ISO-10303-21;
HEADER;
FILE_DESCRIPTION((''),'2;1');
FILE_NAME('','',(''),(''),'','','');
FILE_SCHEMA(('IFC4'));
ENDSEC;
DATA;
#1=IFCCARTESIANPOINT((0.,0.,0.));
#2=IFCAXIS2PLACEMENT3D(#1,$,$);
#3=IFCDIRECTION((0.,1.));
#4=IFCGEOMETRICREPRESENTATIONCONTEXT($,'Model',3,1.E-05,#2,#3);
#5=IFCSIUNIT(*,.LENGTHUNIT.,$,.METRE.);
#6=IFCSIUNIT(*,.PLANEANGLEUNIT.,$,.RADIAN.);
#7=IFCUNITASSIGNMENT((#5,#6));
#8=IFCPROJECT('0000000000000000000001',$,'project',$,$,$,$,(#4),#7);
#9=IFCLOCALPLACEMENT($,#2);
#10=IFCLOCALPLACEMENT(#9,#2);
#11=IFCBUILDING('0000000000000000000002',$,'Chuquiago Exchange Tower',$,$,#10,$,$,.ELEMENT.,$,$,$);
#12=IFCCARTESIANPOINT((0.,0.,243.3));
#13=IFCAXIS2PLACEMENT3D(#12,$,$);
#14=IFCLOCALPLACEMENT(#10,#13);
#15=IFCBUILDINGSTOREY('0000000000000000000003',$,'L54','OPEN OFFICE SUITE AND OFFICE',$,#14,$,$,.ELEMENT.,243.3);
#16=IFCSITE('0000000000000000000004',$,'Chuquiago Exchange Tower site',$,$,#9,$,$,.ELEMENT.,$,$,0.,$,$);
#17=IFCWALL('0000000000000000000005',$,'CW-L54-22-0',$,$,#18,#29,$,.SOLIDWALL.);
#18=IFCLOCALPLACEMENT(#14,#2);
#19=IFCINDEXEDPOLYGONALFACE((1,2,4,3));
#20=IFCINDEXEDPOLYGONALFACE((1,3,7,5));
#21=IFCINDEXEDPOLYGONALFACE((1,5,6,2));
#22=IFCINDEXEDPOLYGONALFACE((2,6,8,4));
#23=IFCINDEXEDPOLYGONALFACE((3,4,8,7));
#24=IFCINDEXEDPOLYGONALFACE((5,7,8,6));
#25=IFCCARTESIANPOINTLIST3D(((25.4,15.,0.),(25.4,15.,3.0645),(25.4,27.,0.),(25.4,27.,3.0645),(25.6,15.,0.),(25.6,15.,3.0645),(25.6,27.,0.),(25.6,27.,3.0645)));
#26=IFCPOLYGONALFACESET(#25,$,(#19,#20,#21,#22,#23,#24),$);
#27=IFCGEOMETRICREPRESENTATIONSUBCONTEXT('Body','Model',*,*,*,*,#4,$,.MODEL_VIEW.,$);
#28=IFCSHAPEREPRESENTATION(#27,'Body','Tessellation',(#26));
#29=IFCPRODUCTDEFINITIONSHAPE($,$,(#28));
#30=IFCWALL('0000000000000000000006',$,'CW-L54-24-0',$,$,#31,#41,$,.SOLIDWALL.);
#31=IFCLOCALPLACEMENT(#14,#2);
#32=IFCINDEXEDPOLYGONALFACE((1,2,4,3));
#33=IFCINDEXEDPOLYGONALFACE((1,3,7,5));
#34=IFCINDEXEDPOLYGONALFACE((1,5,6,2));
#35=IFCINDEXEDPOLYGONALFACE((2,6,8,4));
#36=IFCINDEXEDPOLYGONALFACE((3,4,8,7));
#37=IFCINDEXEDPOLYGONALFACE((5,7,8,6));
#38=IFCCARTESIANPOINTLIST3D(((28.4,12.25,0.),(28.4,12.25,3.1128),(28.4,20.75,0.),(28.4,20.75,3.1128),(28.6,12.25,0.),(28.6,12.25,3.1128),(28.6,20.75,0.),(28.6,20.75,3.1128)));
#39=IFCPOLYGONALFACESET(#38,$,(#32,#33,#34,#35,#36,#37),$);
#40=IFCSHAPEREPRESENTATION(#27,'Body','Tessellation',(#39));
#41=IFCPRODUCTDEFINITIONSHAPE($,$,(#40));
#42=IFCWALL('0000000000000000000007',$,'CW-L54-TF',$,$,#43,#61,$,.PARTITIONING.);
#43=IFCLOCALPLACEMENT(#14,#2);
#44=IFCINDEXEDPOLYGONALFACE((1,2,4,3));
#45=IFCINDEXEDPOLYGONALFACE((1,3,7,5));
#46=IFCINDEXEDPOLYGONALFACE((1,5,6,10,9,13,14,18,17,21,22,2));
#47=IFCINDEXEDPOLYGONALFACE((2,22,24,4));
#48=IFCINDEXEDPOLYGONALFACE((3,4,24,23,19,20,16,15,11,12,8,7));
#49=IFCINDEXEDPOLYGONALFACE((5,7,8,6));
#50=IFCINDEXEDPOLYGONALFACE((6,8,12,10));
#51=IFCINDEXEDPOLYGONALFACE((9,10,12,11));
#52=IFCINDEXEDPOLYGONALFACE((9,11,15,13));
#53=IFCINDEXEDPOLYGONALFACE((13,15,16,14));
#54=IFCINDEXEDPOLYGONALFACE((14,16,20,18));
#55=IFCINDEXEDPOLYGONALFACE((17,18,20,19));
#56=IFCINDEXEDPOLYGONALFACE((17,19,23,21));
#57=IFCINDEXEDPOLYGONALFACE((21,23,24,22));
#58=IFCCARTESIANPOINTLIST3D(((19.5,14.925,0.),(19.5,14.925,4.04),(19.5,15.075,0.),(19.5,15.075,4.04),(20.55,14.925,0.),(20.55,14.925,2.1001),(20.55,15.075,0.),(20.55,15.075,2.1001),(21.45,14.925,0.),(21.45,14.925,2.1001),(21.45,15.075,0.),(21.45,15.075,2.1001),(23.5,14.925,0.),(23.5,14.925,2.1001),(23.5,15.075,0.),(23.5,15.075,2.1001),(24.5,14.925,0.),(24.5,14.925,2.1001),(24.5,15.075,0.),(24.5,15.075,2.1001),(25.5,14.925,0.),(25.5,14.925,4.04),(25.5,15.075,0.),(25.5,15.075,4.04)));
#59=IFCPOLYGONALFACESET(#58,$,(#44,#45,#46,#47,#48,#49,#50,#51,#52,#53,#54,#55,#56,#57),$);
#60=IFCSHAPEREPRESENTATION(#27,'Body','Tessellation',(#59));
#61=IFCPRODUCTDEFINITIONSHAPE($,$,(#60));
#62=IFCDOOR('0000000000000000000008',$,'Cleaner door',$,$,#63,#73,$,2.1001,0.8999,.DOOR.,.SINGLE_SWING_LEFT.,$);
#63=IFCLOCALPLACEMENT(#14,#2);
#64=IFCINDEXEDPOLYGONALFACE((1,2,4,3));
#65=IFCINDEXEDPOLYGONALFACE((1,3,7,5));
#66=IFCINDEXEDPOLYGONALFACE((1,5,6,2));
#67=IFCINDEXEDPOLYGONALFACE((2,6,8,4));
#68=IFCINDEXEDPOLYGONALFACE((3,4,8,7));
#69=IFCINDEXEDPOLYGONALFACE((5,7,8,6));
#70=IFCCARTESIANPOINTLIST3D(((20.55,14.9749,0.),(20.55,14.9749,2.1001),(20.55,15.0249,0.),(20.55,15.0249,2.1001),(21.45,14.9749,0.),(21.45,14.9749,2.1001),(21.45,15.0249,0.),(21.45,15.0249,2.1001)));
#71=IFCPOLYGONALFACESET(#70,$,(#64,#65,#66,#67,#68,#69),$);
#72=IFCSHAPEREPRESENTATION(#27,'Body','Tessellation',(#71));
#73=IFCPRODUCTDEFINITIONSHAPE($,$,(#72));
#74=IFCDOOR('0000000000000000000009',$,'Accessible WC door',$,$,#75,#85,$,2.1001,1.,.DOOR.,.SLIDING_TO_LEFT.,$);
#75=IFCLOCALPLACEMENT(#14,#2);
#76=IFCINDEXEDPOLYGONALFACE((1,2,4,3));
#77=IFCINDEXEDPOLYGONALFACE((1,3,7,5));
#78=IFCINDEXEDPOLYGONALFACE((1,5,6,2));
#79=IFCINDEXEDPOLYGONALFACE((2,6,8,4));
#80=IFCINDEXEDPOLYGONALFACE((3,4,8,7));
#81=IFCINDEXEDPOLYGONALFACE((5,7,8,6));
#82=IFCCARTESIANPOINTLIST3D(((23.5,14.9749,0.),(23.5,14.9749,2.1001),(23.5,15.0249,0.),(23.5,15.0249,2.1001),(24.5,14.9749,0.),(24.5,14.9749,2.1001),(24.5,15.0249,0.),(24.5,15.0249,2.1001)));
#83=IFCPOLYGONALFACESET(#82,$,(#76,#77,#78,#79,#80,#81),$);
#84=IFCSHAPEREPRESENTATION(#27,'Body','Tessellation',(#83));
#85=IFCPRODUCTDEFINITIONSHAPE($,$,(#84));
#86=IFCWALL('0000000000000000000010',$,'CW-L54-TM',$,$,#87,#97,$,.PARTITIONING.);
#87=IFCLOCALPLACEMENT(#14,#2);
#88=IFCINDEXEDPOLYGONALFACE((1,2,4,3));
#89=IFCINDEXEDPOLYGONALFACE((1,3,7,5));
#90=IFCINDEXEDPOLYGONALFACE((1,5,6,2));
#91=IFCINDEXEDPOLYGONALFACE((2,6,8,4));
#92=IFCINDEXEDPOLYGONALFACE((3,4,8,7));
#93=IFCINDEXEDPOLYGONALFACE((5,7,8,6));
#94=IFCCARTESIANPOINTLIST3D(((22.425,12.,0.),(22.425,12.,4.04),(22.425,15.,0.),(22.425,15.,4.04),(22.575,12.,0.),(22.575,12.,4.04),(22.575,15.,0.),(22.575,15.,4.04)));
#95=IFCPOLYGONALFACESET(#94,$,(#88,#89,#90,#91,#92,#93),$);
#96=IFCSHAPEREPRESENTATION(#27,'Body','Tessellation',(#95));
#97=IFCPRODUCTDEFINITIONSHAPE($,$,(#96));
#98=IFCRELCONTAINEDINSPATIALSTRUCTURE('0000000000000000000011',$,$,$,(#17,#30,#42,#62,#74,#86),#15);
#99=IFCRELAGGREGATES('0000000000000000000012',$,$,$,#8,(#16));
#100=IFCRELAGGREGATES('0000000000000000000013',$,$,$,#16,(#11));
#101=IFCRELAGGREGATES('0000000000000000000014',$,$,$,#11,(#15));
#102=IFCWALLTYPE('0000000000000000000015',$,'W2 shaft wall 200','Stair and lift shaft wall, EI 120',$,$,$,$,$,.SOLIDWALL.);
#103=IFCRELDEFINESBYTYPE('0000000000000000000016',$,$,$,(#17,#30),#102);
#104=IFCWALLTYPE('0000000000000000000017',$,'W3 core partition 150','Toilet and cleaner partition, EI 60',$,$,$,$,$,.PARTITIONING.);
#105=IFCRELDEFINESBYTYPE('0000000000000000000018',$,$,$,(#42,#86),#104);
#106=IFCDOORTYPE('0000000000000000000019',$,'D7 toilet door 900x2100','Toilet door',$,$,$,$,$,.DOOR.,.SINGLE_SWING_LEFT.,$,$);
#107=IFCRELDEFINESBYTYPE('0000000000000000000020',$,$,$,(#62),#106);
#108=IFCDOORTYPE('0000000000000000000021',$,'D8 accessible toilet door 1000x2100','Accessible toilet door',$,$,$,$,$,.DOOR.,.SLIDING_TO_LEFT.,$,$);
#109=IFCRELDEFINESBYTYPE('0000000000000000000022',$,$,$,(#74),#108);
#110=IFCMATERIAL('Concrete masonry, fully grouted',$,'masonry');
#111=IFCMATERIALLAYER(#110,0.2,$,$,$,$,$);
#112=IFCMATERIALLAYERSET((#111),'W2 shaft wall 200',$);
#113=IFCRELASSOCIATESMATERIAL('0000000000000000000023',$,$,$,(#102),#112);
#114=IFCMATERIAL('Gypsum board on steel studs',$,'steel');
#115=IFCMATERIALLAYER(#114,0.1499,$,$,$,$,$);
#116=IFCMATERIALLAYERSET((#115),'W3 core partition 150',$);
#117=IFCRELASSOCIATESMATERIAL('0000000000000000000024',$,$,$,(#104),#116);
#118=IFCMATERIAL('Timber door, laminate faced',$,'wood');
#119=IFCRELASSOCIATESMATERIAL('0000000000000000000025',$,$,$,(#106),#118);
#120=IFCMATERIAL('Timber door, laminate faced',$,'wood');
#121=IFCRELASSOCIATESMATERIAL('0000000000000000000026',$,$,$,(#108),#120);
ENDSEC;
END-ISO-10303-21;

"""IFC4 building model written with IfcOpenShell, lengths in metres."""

from ifc_helpers import new_model, si_unit, direction, frame, frame_2d, origin, place, context, subcontext, project, spatial, rectangle, extrude, material, layer, layer_set, type_object, element, fill, save


model = new_model("IFC4")

# Units and contexts
model_context = context("Model", 3, precision=1e-05, world=origin(), true_north=direction((0.0, 1.0)))
body_context = subcontext(model_context, "Body", "Model", "MODEL_VIEW")
ifc_project = project(units=[si_unit("LENGTHUNIT", "METRE"), si_unit("PLANEANGLEUNIT", "RADIAN")], contexts=[model_context])

# Site, building, storey
site_placement = place(None, origin())
site = spatial("IfcSite", under=ifc_project, at=site_placement, Name="Chuquiago Exchange Tower site", CompositionType="ELEMENT", RefElevation=0.0)
building_placement = place(site_placement, origin())
building = spatial("IfcBuilding", under=site, at=building_placement, Name="Chuquiago Exchange Tower", CompositionType="ELEMENT")
storey_placement = place(building_placement, frame((0.0, 0.0, 243.3)))
storey = spatial("IfcBuildingStorey", under=building, at=storey_placement, Name="L54", Description="OPEN OFFICE SUITE AND OFFICE", CompositionType="ELEMENT", Elevation=243.3)

# Shared definitions
ifc_material_1 = material(Name="Concrete masonry, fully grouted", Category="masonry")
ifc_layer_1 = layer(ifc_material_1, 0.2)
ifc_layer_set_1 = layer_set([ifc_layer_1], Name="W2 shaft wall 200")
wall_type_1 = type_object("IfcWallType", Name="W2 shaft wall 200", Description="Stair and lift shaft wall, EI 120", PredefinedType="SOLIDWALL", material=ifc_layer_set_1)

# Walls
wall_1_placement = place(storey_placement, frame((25.5, 15.0, 0.0), z_axis=(0.0, 0.0, 1.0), x_axis=(0.0, 1.0, 0.0)))
element("IfcWall", 1, at=wall_1_placement, inside=storey, type_object=wall_type_1, Name="CW-L54-22-0", PredefinedType="SOLIDWALL", context=body_context, shape_type="SweptSolid", body=[
    extrude(rectangle(XDim=12.0, YDim=0.2, at=frame_2d((6.0, 0.0))), origin(), (0.0, 0.0, 1.0), 3.0645),
])
wall_2_placement = place(storey_placement, frame((28.5, 12.25, 0.0), z_axis=(0.0, 0.0, 1.0), x_axis=(0.0, 1.0, 0.0)))
element("IfcWall", 2, at=wall_2_placement, inside=storey, type_object=wall_type_1, Name="CW-L54-24-0", PredefinedType="SOLIDWALL", context=body_context, shape_type="SweptSolid", body=[
    extrude(rectangle(XDim=8.5, YDim=0.2, at=frame_2d((4.25, 0.0))), origin(), (0.0, 0.0, 1.0), 3.1128),
])

# Wall, openings, doors
ifc_material_2 = material(Name="Gypsum board on steel studs", Category="steel")
ifc_layer_2 = layer(ifc_material_2, 0.1499)
ifc_layer_set_2 = layer_set([ifc_layer_2], Name="W3 core partition 150")
wall_type_2 = type_object("IfcWallType", Name="W3 core partition 150", Description="Toilet and cleaner partition, EI 60", PredefinedType="PARTITIONING", material=ifc_layer_set_2)
wall_3_placement = place(storey_placement, frame((19.5, 15.0, 0.0), z_axis=(0.0, 0.0, 1.0), x_axis=(1.0, 0.0, 0.0)))
wall_3 = element("IfcWall", 3, at=wall_3_placement, inside=storey, type_object=wall_type_2, Name="CW-L54-TF", PredefinedType="PARTITIONING", context=body_context, shape_type="SweptSolid", body=[
    extrude(rectangle(XDim=6.0, YDim=0.1499, at=frame_2d((3.0, 0.0))), origin(), (0.0, 0.0, 1.0), 4.04),
])
opening_1_placement = place(wall_3_placement, frame((4.0, 0.0, 0.0)))
opening_1 = element("IfcOpeningElement", 4, at=opening_1_placement, cuts=wall_3, PredefinedType="OPENING", context=body_context, shape_type="SweptSolid", body=[
    extrude(rectangle(XDim=1.0, YDim=2.1001, at=frame_2d((0.5, 1.05))), frame((0.0, 0.085, 0.0), z_axis=(0.0, -1.0, 0.0), x_axis=(1.0, 0.0, 0.0)), (0.0, 0.0, 1.0), 0.1699),
])
opening_2_placement = place(wall_3_placement, frame((1.05, 0.0, 0.0)))
opening_2 = element("IfcOpeningElement", 5, at=opening_2_placement, cuts=wall_3, PredefinedType="OPENING", context=body_context, shape_type="SweptSolid", body=[
    extrude(rectangle(XDim=0.8999, YDim=2.1001, at=frame_2d((0.45, 1.05))), frame((0.0, 0.085, 0.0), z_axis=(0.0, -1.0, 0.0), x_axis=(1.0, 0.0, 0.0)), (0.0, 0.0, 1.0), 0.1699),
])
ifc_material_3 = material(Name="Timber door, laminate faced", Category="wood")
door_type_1 = type_object("IfcDoorType", Name="D7 toilet door 900x2100", Description="Toilet door", OperationType="SINGLE_SWING_LEFT", PredefinedType="DOOR", material=ifc_material_3)
door_1_placement = place(opening_2_placement, origin())
door_1 = element("IfcDoor", 6, at=door_1_placement, inside=storey, type_object=door_type_1, Name="Cleaner door", OperationType="SINGLE_SWING_LEFT", OverallHeight=2.1001, OverallWidth=0.8999, PredefinedType="DOOR", context=body_context, shape_type="SweptSolid", body=[
    extrude(rectangle(XDim=0.8999, YDim=2.1001, at=frame_2d((0.45, 1.05))), frame((0.0, 0.0249, 0.0), z_axis=(0.0, -1.0, 0.0), x_axis=(1.0, 0.0, 0.0)), (0.0, 0.0, 1.0), 0.05),
])
fill(opening_2, door_1)
ifc_material_4 = material(Name="Timber door, laminate faced", Category="wood")
door_type_2 = type_object("IfcDoorType", Name="D8 accessible toilet door 1000x2100", Description="Accessible toilet door", OperationType="SLIDING_TO_LEFT", PredefinedType="DOOR", material=ifc_material_4)
door_2_placement = place(opening_1_placement, origin())
door_2 = element("IfcDoor", 7, at=door_2_placement, inside=storey, type_object=door_type_2, Name="Accessible WC door", OperationType="SLIDING_TO_LEFT", OverallHeight=2.1001, OverallWidth=1.0, PredefinedType="DOOR", context=body_context, shape_type="SweptSolid", body=[
    extrude(rectangle(XDim=1.0, YDim=2.1001, at=frame_2d((0.5, 1.05))), frame((0.0, 0.0249, 0.0), z_axis=(0.0, -1.0, 0.0), x_axis=(1.0, 0.0, 0.0)), (0.0, 0.0, 1.0), 0.05),
])
fill(opening_1, door_2)

# Wall
wall_4_placement = place(storey_placement, frame((22.5, 15.0, 0.0), z_axis=(0.0, 0.0, 1.0), x_axis=(0.0, -1.0, 0.0)))
element("IfcWall", 8, at=wall_4_placement, inside=storey, type_object=wall_type_2, Name="CW-L54-TM", PredefinedType="PARTITIONING", context=body_context, shape_type="SweptSolid", body=[
    extrude(rectangle(XDim=3.0, YDim=0.1499, at=frame_2d((1.5, 0.0))), origin(), (0.0, 0.0, 1.0), 4.04),
])

save(model, "model.ifc")
